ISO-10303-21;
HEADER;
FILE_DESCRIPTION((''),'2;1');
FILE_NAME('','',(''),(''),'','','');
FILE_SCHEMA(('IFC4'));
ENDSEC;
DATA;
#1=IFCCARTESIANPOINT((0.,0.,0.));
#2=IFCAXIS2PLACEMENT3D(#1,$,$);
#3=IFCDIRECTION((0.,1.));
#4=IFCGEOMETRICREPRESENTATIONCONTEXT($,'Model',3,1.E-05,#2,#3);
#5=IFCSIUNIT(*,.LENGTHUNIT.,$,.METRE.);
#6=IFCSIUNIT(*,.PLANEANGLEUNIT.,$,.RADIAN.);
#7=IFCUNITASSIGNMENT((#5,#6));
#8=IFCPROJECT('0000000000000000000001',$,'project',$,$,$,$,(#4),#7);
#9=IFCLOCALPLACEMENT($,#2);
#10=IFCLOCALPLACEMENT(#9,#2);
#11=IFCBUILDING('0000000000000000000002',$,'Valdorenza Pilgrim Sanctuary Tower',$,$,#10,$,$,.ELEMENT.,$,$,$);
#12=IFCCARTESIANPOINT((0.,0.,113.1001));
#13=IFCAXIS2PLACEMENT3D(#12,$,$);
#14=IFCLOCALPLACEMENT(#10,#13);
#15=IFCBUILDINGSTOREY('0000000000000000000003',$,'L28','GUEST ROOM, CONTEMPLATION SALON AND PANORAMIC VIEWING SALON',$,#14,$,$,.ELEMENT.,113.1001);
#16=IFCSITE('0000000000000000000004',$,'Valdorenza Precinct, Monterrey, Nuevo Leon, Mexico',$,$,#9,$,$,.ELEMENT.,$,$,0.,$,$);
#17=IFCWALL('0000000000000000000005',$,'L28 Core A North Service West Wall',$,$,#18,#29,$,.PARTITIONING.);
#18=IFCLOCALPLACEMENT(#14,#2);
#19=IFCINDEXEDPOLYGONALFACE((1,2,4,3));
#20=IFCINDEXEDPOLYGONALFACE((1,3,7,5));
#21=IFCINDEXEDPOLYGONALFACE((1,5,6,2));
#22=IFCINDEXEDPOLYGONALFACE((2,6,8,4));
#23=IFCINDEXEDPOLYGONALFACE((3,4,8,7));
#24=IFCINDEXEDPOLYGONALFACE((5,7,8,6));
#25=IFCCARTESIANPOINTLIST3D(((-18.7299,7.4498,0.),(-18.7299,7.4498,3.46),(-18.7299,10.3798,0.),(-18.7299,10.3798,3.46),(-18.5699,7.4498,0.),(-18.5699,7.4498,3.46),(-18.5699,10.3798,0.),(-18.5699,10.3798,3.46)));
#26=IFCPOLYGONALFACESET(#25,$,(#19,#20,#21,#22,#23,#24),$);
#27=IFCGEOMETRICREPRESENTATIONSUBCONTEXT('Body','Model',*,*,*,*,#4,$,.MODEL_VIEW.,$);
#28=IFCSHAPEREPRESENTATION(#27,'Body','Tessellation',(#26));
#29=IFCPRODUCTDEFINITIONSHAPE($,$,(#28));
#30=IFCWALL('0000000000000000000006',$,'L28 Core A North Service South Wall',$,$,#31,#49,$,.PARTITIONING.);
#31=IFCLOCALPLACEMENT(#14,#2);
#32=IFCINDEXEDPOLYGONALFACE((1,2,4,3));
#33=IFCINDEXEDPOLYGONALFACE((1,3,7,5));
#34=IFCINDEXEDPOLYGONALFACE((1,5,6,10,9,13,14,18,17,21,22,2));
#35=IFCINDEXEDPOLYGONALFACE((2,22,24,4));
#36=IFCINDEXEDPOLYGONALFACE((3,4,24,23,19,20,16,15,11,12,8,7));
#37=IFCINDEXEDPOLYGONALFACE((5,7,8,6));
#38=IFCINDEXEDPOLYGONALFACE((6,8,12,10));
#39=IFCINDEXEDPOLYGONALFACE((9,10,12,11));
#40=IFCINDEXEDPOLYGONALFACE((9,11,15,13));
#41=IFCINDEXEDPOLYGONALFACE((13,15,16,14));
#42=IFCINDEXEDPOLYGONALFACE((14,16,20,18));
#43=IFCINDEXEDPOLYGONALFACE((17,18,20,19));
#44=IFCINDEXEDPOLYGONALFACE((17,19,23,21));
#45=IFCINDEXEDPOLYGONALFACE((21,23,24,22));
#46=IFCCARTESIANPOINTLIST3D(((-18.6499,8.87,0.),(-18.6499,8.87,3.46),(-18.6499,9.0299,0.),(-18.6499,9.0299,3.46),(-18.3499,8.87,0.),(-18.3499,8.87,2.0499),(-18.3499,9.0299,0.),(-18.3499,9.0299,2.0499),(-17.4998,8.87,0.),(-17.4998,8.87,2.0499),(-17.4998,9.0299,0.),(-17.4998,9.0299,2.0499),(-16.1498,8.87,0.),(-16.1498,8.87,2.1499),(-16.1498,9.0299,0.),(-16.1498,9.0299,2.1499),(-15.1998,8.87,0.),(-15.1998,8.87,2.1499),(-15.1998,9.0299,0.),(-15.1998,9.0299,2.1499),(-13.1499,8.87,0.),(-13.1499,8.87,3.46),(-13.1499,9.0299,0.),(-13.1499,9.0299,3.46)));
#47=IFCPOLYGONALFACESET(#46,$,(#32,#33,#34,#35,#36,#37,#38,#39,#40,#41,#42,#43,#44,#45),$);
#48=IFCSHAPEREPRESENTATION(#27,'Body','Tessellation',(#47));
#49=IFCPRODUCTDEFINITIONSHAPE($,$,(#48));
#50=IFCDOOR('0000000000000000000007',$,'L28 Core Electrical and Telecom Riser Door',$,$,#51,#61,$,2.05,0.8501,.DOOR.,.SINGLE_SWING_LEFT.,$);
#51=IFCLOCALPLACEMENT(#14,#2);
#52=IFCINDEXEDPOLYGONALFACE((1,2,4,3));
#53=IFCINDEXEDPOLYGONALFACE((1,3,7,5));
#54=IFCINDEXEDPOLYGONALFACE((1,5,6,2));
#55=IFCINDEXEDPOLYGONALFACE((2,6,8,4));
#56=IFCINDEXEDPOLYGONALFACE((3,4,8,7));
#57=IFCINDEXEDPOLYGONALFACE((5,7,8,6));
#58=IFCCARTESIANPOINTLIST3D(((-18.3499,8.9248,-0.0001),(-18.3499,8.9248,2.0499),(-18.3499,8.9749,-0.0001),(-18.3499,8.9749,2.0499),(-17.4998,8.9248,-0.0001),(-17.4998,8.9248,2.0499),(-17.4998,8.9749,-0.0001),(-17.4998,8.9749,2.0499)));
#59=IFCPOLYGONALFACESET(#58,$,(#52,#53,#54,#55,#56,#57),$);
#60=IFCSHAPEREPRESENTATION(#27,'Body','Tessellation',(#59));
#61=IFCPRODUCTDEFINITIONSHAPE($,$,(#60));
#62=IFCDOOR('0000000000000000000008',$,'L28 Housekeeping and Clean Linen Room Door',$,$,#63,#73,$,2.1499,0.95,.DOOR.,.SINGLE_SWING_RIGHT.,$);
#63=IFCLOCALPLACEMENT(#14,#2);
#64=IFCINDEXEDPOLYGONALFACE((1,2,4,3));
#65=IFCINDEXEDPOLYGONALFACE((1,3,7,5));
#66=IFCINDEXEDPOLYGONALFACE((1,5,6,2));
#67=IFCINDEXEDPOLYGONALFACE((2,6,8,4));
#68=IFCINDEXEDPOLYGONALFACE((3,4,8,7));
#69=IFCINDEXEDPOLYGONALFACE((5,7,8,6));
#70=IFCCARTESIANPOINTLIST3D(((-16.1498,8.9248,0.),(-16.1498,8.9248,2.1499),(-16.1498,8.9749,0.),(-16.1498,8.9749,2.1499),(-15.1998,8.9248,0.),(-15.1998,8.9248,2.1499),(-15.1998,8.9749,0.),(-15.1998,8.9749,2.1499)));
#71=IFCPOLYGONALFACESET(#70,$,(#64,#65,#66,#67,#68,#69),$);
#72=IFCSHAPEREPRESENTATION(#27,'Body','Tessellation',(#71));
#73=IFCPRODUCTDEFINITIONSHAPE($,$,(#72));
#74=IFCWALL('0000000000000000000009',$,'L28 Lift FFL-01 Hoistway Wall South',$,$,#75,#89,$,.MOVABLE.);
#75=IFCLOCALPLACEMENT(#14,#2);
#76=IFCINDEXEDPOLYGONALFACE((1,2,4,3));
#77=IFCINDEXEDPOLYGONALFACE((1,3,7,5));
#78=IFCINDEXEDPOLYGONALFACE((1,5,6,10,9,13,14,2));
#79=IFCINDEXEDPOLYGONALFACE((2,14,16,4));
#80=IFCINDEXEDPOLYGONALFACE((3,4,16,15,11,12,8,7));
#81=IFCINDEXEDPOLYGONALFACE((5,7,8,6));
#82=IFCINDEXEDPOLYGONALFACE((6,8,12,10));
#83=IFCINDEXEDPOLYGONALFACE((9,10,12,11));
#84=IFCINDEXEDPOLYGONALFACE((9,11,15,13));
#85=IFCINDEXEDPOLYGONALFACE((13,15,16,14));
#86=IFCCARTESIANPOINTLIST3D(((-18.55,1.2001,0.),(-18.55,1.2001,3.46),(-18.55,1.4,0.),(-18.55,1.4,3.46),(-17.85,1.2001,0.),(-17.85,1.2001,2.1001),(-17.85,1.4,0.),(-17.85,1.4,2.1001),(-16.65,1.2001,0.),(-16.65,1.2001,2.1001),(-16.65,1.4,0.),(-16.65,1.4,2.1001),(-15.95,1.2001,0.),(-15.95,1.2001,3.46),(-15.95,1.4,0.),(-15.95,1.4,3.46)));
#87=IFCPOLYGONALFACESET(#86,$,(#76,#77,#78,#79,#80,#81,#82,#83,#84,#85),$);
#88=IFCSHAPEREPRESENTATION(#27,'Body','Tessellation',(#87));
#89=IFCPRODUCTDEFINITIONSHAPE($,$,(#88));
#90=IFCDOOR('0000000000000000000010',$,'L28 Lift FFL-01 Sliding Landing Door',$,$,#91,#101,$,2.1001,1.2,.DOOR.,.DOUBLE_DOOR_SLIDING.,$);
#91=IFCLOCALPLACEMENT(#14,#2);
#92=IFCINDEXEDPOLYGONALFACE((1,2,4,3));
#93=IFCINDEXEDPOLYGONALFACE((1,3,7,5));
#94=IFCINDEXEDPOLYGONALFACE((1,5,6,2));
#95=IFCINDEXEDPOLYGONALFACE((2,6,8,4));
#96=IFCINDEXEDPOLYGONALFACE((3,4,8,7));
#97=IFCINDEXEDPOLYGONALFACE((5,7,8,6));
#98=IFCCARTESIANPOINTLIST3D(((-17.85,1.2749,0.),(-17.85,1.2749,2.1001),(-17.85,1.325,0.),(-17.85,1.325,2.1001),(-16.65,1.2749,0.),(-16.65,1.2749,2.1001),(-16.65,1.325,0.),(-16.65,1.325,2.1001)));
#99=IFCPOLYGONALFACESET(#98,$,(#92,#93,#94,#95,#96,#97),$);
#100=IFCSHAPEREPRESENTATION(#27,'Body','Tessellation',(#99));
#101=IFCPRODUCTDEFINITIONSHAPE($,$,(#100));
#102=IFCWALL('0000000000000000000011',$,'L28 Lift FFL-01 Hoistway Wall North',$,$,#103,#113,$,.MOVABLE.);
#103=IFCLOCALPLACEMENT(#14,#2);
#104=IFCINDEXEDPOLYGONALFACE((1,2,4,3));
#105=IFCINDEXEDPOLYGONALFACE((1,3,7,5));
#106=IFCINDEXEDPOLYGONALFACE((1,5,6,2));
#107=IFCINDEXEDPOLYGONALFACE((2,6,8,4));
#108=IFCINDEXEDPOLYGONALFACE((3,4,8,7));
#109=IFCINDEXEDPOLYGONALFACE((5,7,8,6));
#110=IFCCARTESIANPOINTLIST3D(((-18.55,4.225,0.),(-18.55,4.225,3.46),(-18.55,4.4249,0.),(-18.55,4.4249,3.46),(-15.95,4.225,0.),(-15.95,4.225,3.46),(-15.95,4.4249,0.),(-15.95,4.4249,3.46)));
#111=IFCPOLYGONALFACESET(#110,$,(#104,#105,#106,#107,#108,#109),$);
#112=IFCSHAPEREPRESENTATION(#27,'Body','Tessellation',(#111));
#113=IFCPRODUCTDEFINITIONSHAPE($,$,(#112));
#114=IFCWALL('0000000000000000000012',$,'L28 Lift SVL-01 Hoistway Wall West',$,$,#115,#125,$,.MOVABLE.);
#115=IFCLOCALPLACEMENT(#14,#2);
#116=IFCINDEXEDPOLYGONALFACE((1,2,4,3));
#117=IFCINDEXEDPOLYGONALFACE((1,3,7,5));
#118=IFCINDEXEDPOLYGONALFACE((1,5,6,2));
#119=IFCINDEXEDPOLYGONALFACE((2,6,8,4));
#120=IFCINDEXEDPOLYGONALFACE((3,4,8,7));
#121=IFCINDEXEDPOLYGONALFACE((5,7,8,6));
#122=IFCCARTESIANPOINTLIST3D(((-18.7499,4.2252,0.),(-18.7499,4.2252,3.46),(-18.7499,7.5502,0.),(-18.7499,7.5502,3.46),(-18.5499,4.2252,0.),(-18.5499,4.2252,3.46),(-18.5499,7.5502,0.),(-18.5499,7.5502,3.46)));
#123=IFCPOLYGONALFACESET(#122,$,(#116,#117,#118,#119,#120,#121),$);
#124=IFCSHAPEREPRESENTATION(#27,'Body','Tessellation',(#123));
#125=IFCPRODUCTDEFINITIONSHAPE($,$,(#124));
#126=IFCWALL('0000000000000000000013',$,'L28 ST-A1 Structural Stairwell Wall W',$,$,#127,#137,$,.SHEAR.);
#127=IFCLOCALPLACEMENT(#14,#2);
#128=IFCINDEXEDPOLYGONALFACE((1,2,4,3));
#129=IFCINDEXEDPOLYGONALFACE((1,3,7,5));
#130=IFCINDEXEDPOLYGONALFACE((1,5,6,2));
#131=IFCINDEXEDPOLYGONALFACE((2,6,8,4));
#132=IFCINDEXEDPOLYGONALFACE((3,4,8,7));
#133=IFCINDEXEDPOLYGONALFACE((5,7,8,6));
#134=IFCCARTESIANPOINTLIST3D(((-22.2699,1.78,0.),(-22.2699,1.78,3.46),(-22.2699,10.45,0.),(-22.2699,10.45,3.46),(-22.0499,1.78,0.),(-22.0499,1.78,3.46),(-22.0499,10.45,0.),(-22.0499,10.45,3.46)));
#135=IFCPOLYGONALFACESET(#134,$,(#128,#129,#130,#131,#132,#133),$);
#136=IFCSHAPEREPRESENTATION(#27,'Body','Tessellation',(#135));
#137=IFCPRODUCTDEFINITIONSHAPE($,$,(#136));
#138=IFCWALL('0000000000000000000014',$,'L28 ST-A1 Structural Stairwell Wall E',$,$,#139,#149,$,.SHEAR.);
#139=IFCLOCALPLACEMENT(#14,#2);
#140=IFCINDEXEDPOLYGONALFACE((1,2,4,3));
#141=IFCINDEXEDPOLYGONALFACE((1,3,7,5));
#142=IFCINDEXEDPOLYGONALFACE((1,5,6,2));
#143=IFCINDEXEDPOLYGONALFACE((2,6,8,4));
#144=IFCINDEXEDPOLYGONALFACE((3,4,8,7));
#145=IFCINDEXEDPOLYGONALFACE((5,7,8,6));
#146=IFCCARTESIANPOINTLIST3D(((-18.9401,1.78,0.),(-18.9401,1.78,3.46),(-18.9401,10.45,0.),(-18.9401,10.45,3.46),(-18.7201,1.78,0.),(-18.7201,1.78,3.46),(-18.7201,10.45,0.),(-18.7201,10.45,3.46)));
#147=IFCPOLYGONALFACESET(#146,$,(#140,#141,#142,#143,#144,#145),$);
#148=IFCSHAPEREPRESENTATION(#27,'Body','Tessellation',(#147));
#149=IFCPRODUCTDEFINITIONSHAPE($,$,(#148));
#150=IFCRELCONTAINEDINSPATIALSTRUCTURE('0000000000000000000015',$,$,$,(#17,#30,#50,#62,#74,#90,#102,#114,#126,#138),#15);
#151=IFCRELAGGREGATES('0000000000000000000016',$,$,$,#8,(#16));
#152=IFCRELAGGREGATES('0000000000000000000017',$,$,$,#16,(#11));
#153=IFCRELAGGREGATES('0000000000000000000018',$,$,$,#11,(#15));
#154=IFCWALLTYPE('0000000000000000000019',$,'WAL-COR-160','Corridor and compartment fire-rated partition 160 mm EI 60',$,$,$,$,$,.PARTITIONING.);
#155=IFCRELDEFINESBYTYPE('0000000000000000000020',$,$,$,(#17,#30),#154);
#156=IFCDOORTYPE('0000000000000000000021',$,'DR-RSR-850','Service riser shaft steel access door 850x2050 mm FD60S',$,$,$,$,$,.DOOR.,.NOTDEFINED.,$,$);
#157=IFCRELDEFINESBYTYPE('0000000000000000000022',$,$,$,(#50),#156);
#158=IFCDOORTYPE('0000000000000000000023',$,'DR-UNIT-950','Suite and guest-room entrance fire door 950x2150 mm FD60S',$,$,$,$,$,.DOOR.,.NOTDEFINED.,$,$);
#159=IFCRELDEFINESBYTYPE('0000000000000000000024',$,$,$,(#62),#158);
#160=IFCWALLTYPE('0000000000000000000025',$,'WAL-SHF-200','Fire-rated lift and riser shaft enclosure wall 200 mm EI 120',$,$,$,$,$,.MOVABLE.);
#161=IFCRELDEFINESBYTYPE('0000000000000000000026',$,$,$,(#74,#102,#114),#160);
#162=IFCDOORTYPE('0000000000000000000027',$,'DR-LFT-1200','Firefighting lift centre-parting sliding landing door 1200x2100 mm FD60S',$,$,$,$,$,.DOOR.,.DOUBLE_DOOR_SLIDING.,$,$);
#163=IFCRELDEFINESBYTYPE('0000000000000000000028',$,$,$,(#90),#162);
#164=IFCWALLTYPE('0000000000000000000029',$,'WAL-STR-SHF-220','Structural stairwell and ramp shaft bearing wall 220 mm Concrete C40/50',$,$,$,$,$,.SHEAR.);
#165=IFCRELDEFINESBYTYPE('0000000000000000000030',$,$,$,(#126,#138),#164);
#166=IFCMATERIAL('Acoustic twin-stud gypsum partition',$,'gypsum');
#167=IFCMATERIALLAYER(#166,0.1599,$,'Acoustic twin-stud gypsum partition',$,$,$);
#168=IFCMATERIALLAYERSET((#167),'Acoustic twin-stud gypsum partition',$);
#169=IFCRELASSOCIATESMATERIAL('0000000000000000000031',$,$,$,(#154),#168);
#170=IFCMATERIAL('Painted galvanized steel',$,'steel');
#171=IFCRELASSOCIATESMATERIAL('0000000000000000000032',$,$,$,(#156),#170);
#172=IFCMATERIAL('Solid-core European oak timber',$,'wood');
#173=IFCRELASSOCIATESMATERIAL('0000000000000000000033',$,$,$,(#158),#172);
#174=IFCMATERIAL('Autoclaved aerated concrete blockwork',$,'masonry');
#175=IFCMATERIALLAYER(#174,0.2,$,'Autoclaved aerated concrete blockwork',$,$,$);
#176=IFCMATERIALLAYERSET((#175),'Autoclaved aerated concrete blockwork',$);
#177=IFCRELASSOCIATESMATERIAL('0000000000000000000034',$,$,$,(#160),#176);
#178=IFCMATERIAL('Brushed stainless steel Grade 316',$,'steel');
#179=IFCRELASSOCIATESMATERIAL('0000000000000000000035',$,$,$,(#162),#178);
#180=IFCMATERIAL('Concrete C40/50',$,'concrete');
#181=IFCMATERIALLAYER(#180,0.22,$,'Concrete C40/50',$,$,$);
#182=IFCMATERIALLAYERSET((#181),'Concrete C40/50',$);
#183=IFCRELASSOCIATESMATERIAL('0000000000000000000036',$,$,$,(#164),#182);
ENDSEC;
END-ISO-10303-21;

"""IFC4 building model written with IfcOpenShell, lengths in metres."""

from ifc_helpers import new_model, si_unit, direction, frame, frame_2d, origin, place, context, subcontext, project, spatial, rectangle, extrude, material, layer, layer_set, type_object, element, fill, save


model = new_model("IFC4")

# Units and contexts
model_context = context("Model", 3, precision=1e-05, world=origin(), true_north=direction((0.0, 1.0)))
body_context = subcontext(model_context, "Body", "Model", "MODEL_VIEW")
ifc_project = project(units=[si_unit("LENGTHUNIT", "METRE"), si_unit("PLANEANGLEUNIT", "RADIAN")], contexts=[model_context])

# Site, building, storey
site_placement = place(None, origin())
site = spatial("IfcSite", under=ifc_project, at=site_placement, Name="Valdorenza Precinct, Monterrey, Nuevo Leon, Mexico", CompositionType="ELEMENT", RefElevation=0.0)
building_placement = place(site_placement, origin())
building = spatial("IfcBuilding", under=site, at=building_placement, Name="Valdorenza Pilgrim Sanctuary Tower", CompositionType="ELEMENT")
storey_placement = place(building_placement, frame((0.0, 0.0, 113.1001)))
storey = spatial("IfcBuildingStorey", under=building, at=storey_placement, Name="L28", Description="GUEST ROOM, CONTEMPLATION SALON AND PANORAMIC VIEWING SALON", CompositionType="ELEMENT", Elevation=113.1001)

# Wall
ifc_material_1 = material(Name="Acoustic twin-stud gypsum partition", Category="gypsum")
ifc_layer_1 = layer(ifc_material_1, 0.1599, Name="Acoustic twin-stud gypsum partition")
ifc_layer_set_1 = layer_set([ifc_layer_1], Name="Acoustic twin-stud gypsum partition")
wall_type_1 = type_object("IfcWallType", Name="WAL-COR-160", Description="Corridor and compartment fire-rated partition 160 mm EI 60", PredefinedType="PARTITIONING", material=ifc_layer_set_1)
wall_1_placement = place(storey_placement, frame((-18.6499, 7.45, 0.0), z_axis=(0.0, 0.0, 1.0), x_axis=(0.0, 1.0, 0.0)))
element("IfcWall", 1, at=wall_1_placement, inside=storey, type_object=wall_type_1, Name="L28 Core A North Service West Wall", PredefinedType="PARTITIONING", context=body_context, shape_type="SweptSolid", body=[
    extrude(rectangle(XDim=2.9299, YDim=0.1599, at=frame_2d((1.4648, 0.0))), origin(), (0.0, 0.0, 1.0), 3.46),
])

# Wall, openings, doors
wall_2_placement = place(storey_placement, frame((-18.6499, 8.95, 0.0), z_axis=(0.0, 0.0, 1.0), x_axis=(1.0, 0.0, 0.0)))
wall_2 = element("IfcWall", 2, at=wall_2_placement, inside=storey, type_object=wall_type_1, Name="L28 Core A North Service South Wall", PredefinedType="PARTITIONING", context=body_context, shape_type="SweptSolid", body=[
    extrude(rectangle(XDim=5.5, YDim=0.1599, at=frame_2d((2.75, 0.0))), origin(), (0.0, 0.0, 1.0), 3.46),
])
opening_1_placement = place(wall_2_placement, frame((0.3, 0.0, 0.0)))
opening_1 = element("IfcOpeningElement", 3, at=opening_1_placement, cuts=wall_2, PredefinedType="OPENING", context=body_context, shape_type="SweptSolid", body=[
    extrude(rectangle(XDim=0.8501, YDim=2.05, at=frame_2d((0.425, 1.0249))), frame((0.0, 0.0947, 0.0), z_axis=(0.0, -1.0, 0.0), x_axis=(1.0, 0.0, 0.0)), (0.0, 0.0, 1.0), 0.1897),
])
opening_2_placement = place(wall_2_placement, frame((2.5, 0.0, 0.0)))
opening_2 = element("IfcOpeningElement", 4, at=opening_2_placement, cuts=wall_2, PredefinedType="OPENING", context=body_context, shape_type="SweptSolid", body=[
    extrude(rectangle(XDim=0.95, YDim=2.1499, at=frame_2d((0.4751, 1.075))), frame((0.0, 0.0947, 0.0), z_axis=(0.0, -1.0, 0.0), x_axis=(1.0, 0.0, 0.0)), (0.0, 0.0, 1.0), 0.1897),
])
ifc_material_2 = material(Name="Painted galvanized steel", Category="steel")
door_type_1 = type_object("IfcDoorType", Name="DR-RSR-850", Description="Service riser shaft steel access door 850x2050 mm FD60S", OperationType="NOTDEFINED", PredefinedType="DOOR", material=ifc_material_2)
door_1_placement = place(opening_1_placement, origin())
door_1 = element("IfcDoor", 5, at=door_1_placement, inside=storey, type_object=door_type_1, Name="L28 Core Electrical and Telecom Riser Door", OperationType="SINGLE_SWING_LEFT", OverallHeight=2.05, OverallWidth=0.8501, PredefinedType="DOOR", context=body_context, shape_type="SweptSolid", body=[
    extrude(rectangle(XDim=0.8501, YDim=2.05, at=frame_2d((0.425, 1.0249))), frame((0.0, 0.0249, 0.0), z_axis=(0.0, -1.0, 0.0), x_axis=(1.0, 0.0, 0.0)), (0.0, 0.0, 1.0), 0.05),
])
fill(opening_1, door_1)
ifc_material_3 = material(Name="Solid-core European oak timber", Category="wood")
door_type_2 = type_object("IfcDoorType", Name="DR-UNIT-950", Description="Suite and guest-room entrance fire door 950x2150 mm FD60S", OperationType="NOTDEFINED", PredefinedType="DOOR", material=ifc_material_3)
door_2_placement = place(opening_2_placement, origin())
door_2 = element("IfcDoor", 6, at=door_2_placement, inside=storey, type_object=door_type_2, Name="L28 Housekeeping and Clean Linen Room Door", OperationType="SINGLE_SWING_RIGHT", OverallHeight=2.1499, OverallWidth=0.95, PredefinedType="DOOR", context=body_context, shape_type="SweptSolid", body=[
    extrude(rectangle(XDim=0.95, YDim=2.1499, at=frame_2d((0.4751, 1.075))), frame((0.0, 0.0249, 0.0), z_axis=(0.0, -1.0, 0.0), x_axis=(1.0, 0.0, 0.0)), (0.0, 0.0, 1.0), 0.05),
])
fill(opening_2, door_2)

# Wall, opening, door
ifc_material_4 = material(Name="Autoclaved aerated concrete blockwork", Category="masonry")
ifc_layer_2 = layer(ifc_material_4, 0.2, Name="Autoclaved aerated concrete blockwork")
ifc_layer_set_2 = layer_set([ifc_layer_2], Name="Autoclaved aerated concrete blockwork")
wall_type_2 = type_object("IfcWallType", Name="WAL-SHF-200", Description="Fire-rated lift and riser shaft enclosure wall 200 mm EI 120", PredefinedType="MOVABLE", material=ifc_layer_set_2)
wall_3_placement = place(storey_placement, frame((-18.55, 1.3, 0.0), z_axis=(0.0, 0.0, 1.0), x_axis=(1.0, 0.0, 0.0)))
wall_3 = element("IfcWall", 7, at=wall_3_placement, inside=storey, type_object=wall_type_2, Name="L28 Lift FFL-01 Hoistway Wall South", PredefinedType="MOVABLE", context=body_context, shape_type="SweptSolid", body=[
    extrude(rectangle(XDim=2.6001, YDim=0.2, at=frame_2d((1.3, 0.0))), origin(), (0.0, 0.0, 1.0), 3.46),
])
opening_3_placement = place(wall_3_placement, frame((0.7, 0.0, 0.0)))
opening_3 = element("IfcOpeningElement", 8, at=opening_3_placement, cuts=wall_3, PredefinedType="OPENING", context=body_context, shape_type="SweptSolid", body=[
    extrude(rectangle(XDim=1.2, YDim=2.1001, at=frame_2d((0.6001, 1.05))), frame((0.0, 0.1147, 0.0), z_axis=(0.0, -1.0, 0.0), x_axis=(1.0, 0.0, 0.0)), (0.0, 0.0, 1.0), 0.2297),
])
ifc_material_5 = material(Name="Brushed stainless steel Grade 316", Category="steel")
door_type_3 = type_object("IfcDoorType", Name="DR-LFT-1200", Description="Firefighting lift centre-parting sliding landing door 1200x2100 mm FD60S", OperationType="DOUBLE_DOOR_SLIDING", PredefinedType="DOOR", material=ifc_material_5)
door_3_placement = place(opening_3_placement, origin())
door_3 = element("IfcDoor", 9, at=door_3_placement, inside=storey, type_object=door_type_3, Name="L28 Lift FFL-01 Sliding Landing Door", OperationType="DOUBLE_DOOR_SLIDING", OverallHeight=2.1001, OverallWidth=1.2, PredefinedType="DOOR", context=body_context, shape_type="SweptSolid", body=[
    extrude(rectangle(XDim=1.2, YDim=2.1001, at=frame_2d((0.6001, 1.05))), frame((0.0, 0.0249, 0.0), z_axis=(0.0, -1.0, 0.0), x_axis=(1.0, 0.0, 0.0)), (0.0, 0.0, 1.0), 0.05),
])
fill(opening_3, door_3)

# Walls
wall_4_placement = place(storey_placement, frame((-18.55, 4.325, 0.0), z_axis=(0.0, 0.0, 1.0), x_axis=(1.0, 0.0, 0.0)))
element("IfcWall", 10, at=wall_4_placement, inside=storey, type_object=wall_type_2, Name="L28 Lift FFL-01 Hoistway Wall North", PredefinedType="MOVABLE", context=body_context, shape_type="SweptSolid", body=[
    extrude(rectangle(XDim=2.6001, YDim=0.2, at=frame_2d((1.3, 0.0))), origin(), (0.0, 0.0, 1.0), 3.46),
])
wall_5_placement = place(storey_placement, frame((-18.6499, 4.2251, 0.0), z_axis=(0.0, 0.0, 1.0), x_axis=(0.0, 1.0, 0.0)))
element("IfcWall", 11, at=wall_5_placement, inside=storey, type_object=wall_type_2, Name="L28 Lift SVL-01 Hoistway Wall West", PredefinedType="MOVABLE", context=body_context, shape_type="SweptSolid", body=[
    extrude(rectangle(XDim=3.325, YDim=0.2, at=frame_2d((1.6626, 0.0))), origin(), (0.0, 0.0, 1.0), 3.46),
])
ifc_material_6 = material(Name="Concrete C40/50", Category="concrete")
ifc_layer_3 = layer(ifc_material_6, 0.22, Name="Concrete C40/50")
ifc_layer_set_3 = layer_set([ifc_layer_3], Name="Concrete C40/50")
wall_type_3 = type_object("IfcWallType", Name="WAL-STR-SHF-220", Description="Structural stairwell and ramp shaft bearing wall 220 mm Concrete C40/50", PredefinedType="SHEAR", material=ifc_layer_set_3)
for number, where, z_axis, x_axis, name in (
    (12, (-22.1599, 1.78, 0.0), (0.0, 0.0, 1.0), (0.0, 1.0, 0.0), "L28 ST-A1 Structural Stairwell Wall W"),
    (13, (-18.8301, 1.78, 0.0), (0.0, 0.0, 1.0), (0.0, 1.0, 0.0), "L28 ST-A1 Structural Stairwell Wall E"),
):
    element("IfcWall", number, at=place(storey_placement, frame(where, z_axis=z_axis, x_axis=x_axis)), inside=storey, type_object=wall_type_3, Name=name, PredefinedType="SHEAR", context=body_context, shape_type="SweptSolid", body=[
        extrude(rectangle(XDim=8.6699, YDim=0.22, at=frame_2d((4.335, 0.0))), origin(), (0.0, 0.0, 1.0), 3.46),
    ])

save(model, "model.ifc")
